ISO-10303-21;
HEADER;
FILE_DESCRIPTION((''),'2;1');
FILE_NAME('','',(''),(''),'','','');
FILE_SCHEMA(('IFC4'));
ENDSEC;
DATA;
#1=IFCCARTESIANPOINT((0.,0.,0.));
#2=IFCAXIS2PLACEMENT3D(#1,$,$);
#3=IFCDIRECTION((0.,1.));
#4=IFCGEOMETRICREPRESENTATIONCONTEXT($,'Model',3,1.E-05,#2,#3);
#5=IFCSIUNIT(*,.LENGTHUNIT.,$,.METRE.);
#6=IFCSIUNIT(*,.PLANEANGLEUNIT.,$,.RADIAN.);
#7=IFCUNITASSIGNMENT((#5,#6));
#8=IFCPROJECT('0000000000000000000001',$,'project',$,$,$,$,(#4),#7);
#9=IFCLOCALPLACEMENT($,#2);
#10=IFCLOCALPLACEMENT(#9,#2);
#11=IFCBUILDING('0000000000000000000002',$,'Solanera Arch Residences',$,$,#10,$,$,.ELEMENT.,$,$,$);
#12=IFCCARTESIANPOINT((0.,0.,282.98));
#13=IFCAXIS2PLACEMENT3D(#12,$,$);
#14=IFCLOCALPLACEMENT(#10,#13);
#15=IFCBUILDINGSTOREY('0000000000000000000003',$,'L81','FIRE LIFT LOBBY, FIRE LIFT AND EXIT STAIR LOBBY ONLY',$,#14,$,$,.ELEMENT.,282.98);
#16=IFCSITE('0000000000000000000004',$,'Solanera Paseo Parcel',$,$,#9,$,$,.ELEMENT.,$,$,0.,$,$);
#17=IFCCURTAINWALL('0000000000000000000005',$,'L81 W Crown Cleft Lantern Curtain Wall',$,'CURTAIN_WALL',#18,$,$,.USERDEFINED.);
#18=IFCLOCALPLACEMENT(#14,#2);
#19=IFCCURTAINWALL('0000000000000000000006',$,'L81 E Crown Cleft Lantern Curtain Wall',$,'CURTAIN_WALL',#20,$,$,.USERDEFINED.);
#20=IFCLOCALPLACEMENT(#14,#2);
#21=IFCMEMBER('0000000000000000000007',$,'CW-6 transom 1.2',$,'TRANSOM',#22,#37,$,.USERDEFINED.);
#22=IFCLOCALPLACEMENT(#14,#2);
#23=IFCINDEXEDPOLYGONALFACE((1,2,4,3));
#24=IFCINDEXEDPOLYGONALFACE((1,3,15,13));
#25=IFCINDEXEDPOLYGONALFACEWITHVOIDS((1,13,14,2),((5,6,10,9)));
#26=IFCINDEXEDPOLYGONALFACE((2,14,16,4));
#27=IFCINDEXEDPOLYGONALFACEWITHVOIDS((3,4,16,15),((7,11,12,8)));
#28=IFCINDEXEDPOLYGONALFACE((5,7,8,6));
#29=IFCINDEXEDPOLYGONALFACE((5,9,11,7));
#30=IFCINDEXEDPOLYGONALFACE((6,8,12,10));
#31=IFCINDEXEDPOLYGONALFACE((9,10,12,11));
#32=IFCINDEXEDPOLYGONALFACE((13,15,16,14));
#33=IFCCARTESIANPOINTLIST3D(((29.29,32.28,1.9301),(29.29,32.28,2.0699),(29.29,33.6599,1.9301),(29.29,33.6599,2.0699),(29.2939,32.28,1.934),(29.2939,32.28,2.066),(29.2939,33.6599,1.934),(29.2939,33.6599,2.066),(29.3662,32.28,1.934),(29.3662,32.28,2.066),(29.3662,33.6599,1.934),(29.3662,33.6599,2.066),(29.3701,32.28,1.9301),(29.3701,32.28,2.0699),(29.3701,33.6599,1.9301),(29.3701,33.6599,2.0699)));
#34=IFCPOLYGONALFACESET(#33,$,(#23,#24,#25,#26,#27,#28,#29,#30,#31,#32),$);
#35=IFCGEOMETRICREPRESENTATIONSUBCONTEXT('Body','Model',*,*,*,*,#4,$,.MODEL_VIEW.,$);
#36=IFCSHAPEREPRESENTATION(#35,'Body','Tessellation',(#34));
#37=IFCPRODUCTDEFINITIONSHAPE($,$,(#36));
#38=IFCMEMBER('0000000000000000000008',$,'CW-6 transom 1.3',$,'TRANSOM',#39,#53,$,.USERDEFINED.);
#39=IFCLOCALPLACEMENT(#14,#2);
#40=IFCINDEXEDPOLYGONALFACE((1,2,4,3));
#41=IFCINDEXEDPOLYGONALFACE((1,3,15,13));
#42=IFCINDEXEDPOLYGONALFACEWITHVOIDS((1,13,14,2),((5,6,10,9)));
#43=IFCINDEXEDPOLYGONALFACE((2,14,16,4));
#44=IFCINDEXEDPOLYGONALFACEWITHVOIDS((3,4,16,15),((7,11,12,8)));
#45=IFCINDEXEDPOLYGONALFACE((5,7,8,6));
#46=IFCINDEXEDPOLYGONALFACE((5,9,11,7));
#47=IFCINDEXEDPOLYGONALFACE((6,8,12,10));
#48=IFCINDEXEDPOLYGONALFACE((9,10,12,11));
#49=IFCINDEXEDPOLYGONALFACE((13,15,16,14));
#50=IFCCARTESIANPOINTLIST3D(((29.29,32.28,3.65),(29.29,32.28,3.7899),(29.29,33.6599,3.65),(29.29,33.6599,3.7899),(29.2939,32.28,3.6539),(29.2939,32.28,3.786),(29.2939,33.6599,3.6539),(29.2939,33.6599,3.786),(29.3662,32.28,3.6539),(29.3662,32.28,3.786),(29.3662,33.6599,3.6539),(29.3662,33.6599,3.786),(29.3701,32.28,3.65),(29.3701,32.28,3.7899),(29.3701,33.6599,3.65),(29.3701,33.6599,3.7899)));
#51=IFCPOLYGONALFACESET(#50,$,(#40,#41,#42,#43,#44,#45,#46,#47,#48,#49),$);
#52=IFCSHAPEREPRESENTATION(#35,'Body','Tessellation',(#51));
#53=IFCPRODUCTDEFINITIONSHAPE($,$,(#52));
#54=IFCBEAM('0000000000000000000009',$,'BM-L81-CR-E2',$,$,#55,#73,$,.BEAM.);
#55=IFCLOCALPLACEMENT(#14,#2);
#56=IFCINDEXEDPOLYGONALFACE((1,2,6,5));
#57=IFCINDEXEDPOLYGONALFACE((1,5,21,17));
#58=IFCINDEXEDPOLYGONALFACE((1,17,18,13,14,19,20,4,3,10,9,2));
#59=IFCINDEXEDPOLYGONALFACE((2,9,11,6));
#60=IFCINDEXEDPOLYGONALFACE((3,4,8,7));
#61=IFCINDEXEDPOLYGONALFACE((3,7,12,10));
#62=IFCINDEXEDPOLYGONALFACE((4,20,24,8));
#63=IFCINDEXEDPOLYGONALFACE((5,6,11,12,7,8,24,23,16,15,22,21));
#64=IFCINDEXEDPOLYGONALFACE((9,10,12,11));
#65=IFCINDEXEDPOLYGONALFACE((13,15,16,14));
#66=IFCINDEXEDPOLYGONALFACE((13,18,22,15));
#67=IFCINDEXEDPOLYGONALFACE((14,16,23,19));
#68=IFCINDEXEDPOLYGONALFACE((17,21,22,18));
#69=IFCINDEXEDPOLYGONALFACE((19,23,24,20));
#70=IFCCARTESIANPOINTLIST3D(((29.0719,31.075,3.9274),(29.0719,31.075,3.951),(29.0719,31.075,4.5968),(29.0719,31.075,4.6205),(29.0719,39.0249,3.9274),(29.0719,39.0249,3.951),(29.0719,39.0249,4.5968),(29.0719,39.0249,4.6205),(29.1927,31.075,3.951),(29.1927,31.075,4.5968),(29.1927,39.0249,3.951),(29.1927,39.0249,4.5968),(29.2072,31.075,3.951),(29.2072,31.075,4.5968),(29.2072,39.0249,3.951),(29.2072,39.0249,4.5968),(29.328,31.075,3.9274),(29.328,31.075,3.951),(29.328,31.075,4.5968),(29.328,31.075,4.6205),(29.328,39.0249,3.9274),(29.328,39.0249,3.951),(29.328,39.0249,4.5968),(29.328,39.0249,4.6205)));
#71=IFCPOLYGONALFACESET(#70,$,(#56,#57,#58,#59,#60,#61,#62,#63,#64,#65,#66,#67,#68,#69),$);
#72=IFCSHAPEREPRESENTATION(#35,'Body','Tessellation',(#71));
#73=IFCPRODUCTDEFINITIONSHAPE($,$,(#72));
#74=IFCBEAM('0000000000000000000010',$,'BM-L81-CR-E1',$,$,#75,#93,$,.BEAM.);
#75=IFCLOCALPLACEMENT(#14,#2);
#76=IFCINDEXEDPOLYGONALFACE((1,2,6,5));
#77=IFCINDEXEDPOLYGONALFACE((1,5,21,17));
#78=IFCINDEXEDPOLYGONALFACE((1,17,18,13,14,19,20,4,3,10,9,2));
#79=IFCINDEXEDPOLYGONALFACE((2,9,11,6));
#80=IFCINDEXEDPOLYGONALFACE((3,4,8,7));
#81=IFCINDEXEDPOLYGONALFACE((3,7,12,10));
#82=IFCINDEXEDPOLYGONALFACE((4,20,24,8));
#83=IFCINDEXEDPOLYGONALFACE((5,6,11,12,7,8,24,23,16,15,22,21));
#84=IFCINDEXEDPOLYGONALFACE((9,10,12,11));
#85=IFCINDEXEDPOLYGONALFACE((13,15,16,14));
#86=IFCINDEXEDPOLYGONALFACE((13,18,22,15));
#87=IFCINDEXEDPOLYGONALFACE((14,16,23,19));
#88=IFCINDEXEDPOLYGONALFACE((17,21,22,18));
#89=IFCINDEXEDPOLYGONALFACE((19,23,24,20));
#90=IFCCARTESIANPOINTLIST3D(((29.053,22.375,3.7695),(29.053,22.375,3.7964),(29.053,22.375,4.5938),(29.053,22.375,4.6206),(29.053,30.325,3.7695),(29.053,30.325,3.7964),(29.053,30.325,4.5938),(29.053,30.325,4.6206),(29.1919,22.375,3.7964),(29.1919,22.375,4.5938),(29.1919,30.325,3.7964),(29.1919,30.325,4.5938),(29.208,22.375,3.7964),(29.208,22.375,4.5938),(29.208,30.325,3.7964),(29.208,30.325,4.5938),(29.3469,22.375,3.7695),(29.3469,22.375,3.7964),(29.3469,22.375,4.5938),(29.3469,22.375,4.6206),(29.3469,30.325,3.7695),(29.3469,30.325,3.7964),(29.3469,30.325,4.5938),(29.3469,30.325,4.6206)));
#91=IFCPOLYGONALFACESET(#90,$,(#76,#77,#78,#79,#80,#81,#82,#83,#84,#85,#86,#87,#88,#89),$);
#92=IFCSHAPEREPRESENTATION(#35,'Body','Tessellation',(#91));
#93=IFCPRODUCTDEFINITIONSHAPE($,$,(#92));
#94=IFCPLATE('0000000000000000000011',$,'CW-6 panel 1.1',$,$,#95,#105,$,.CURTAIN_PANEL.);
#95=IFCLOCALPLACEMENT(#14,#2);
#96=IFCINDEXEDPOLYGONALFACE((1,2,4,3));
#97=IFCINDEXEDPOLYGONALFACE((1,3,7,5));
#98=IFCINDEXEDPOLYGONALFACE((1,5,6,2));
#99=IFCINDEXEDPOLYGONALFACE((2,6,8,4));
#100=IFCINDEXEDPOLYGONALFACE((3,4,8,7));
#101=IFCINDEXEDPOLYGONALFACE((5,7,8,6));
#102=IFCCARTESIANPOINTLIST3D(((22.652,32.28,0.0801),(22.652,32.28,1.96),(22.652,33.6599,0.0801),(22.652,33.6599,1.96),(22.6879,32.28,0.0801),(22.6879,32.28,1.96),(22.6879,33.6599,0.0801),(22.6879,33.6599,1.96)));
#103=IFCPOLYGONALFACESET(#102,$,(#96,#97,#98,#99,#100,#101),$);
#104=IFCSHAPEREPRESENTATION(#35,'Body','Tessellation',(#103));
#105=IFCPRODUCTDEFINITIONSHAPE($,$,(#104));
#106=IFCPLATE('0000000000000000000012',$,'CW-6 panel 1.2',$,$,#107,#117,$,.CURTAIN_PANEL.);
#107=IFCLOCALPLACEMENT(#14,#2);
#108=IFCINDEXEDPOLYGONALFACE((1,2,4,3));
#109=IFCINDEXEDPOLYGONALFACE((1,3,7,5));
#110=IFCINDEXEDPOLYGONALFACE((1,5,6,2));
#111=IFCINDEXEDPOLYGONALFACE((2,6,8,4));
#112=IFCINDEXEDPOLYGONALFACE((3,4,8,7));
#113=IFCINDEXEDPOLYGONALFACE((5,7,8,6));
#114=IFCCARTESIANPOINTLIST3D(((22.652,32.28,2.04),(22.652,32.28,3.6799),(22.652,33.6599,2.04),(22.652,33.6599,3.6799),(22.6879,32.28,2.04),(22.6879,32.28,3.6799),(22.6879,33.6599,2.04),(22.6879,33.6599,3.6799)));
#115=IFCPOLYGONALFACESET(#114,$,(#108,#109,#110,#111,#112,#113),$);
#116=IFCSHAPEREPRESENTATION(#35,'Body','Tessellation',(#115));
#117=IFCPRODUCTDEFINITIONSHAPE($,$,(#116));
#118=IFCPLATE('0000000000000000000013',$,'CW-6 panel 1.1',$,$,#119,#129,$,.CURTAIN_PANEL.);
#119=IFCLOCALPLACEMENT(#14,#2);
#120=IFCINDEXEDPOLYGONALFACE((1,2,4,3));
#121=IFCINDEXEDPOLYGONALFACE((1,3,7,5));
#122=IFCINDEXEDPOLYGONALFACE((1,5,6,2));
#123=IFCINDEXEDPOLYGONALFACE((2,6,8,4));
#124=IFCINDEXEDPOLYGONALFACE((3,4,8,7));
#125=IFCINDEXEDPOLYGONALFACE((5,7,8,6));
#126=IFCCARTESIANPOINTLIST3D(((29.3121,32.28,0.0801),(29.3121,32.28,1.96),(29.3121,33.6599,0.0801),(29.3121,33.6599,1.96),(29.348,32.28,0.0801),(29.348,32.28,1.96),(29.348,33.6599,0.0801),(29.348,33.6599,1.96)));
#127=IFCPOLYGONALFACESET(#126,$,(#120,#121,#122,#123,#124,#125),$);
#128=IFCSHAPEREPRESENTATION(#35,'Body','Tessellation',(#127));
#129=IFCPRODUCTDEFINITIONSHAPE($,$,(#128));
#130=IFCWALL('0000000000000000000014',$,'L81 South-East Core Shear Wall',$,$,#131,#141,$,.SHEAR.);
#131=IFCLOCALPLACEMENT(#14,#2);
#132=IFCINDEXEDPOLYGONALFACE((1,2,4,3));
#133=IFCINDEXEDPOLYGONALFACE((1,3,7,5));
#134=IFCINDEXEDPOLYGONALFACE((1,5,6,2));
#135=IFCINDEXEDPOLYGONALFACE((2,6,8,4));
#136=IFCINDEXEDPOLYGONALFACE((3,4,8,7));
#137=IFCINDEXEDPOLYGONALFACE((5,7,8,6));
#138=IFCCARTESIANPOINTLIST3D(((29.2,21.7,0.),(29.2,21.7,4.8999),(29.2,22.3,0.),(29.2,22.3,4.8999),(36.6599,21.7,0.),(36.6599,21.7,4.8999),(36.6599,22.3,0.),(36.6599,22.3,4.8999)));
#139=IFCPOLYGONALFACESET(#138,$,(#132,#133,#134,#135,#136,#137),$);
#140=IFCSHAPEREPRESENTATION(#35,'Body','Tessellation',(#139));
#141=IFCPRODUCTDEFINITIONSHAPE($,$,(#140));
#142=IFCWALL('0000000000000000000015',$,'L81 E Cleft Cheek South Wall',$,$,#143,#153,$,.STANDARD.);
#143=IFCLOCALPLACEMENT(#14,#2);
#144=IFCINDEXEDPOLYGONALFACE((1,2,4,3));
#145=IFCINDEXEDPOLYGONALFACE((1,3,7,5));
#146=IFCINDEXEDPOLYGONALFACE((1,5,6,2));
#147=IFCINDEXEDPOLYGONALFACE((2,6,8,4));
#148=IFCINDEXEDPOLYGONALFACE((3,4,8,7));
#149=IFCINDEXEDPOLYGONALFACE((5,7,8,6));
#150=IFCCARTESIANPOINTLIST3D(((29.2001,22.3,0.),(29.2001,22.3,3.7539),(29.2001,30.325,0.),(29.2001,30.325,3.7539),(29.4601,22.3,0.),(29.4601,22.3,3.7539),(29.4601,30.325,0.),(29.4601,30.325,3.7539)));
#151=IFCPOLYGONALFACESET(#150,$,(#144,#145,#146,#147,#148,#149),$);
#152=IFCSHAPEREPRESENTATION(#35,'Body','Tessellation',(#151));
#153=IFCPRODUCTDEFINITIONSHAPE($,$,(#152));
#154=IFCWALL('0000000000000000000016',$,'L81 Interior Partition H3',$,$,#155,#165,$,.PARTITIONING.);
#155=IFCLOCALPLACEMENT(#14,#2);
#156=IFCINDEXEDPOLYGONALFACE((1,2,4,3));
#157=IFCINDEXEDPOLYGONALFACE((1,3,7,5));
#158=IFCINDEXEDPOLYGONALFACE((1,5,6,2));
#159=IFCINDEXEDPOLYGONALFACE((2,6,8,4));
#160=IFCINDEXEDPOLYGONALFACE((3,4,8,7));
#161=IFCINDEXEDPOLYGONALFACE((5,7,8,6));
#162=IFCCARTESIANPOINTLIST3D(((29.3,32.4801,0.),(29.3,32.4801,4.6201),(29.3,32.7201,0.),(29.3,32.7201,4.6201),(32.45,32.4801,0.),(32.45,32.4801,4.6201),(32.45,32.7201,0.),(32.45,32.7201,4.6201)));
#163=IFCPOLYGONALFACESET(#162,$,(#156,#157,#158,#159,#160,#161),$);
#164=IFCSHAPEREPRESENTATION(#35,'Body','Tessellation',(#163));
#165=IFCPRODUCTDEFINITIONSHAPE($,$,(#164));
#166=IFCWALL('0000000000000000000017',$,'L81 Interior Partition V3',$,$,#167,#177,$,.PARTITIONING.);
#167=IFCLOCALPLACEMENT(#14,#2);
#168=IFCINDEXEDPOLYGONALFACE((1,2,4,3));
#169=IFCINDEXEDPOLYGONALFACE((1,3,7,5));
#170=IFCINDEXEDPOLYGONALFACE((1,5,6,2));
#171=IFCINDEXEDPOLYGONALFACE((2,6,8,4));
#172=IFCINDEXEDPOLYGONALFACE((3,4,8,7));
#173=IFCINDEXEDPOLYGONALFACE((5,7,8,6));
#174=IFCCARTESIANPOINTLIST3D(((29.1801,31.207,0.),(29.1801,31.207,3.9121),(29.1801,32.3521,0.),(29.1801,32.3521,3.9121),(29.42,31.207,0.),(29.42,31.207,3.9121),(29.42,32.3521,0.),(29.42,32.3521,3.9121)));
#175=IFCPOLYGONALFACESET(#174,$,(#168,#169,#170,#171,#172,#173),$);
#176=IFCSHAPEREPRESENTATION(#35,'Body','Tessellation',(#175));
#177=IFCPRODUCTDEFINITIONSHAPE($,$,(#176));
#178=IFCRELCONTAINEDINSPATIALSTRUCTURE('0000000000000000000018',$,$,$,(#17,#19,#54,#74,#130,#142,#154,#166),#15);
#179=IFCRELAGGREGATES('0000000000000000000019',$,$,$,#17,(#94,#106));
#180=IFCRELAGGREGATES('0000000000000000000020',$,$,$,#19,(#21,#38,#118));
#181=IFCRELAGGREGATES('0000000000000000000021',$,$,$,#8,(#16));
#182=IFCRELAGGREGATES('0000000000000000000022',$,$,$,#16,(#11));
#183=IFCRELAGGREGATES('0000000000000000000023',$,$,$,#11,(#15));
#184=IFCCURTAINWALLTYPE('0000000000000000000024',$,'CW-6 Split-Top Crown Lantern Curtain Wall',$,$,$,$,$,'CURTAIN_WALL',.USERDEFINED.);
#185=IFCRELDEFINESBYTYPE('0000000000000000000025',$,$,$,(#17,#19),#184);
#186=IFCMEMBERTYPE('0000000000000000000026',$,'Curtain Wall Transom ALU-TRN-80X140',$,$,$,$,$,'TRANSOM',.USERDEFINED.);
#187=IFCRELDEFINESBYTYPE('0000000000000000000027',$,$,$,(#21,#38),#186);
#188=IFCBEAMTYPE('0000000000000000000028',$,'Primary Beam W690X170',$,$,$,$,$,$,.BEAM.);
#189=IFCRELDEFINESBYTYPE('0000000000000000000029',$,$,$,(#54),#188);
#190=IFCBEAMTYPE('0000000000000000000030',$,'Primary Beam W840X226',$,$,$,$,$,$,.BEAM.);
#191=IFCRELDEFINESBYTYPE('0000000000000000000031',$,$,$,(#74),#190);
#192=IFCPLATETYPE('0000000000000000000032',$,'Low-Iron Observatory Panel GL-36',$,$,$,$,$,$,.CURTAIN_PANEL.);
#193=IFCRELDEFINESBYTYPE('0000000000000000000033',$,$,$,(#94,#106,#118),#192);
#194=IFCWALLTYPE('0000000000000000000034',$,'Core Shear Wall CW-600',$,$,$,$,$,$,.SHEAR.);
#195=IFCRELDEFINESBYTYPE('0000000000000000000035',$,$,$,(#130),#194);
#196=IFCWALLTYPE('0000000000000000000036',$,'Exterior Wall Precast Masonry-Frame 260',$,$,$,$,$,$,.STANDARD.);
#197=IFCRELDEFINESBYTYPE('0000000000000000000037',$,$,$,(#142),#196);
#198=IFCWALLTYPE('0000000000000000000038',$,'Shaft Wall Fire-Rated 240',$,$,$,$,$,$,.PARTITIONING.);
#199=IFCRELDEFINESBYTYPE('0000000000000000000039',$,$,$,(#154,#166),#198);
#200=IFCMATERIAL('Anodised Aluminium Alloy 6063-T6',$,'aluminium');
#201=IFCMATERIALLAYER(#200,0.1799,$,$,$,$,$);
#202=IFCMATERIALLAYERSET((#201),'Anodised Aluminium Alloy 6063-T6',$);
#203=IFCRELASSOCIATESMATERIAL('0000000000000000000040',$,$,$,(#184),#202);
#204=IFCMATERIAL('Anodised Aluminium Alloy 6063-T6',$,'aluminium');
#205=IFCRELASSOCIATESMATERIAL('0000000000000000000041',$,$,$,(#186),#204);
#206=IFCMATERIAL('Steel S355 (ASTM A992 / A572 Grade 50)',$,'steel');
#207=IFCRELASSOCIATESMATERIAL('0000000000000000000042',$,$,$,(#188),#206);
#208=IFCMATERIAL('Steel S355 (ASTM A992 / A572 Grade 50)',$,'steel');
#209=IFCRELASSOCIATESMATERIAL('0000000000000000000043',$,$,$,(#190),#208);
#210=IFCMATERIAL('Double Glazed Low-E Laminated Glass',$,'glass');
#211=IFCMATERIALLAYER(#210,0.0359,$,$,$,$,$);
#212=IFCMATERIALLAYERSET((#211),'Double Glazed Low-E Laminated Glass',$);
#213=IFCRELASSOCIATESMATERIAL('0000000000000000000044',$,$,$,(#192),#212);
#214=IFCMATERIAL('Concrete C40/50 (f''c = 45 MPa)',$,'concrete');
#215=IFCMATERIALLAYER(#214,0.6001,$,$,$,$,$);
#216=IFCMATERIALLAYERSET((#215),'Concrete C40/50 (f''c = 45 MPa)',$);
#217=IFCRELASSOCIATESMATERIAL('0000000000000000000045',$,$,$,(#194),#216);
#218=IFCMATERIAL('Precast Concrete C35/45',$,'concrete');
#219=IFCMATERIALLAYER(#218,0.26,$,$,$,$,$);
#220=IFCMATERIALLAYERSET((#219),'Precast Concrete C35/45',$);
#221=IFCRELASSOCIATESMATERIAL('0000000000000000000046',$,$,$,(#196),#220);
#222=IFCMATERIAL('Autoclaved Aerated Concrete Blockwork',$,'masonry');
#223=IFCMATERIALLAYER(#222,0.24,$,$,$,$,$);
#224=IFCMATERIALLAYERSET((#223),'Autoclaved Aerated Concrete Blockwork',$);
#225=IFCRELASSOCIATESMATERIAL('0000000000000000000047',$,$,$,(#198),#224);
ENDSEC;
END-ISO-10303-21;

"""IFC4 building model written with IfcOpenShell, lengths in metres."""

from ifc_helpers import new_model, si_unit, direction, frame, frame_2d, origin, origin_2d, place, context, subcontext, project, spatial, rectangle, hollow_rectangle, i_section, extrude, material, layer, layer_set, material_profile, profile_set, type_object, element, aggregate, save


model = new_model("IFC4")

# Units and contexts
model_context = context("Model", 3, precision=1e-05, world=origin(), true_north=direction((0.0, 1.0)))
body_context = subcontext(model_context, "Body", "Model", "MODEL_VIEW")
ifc_project = project(units=[si_unit("LENGTHUNIT", "METRE"), si_unit("PLANEANGLEUNIT", "RADIAN")], contexts=[model_context])

# Site, building, storey
site_placement = place(None, origin())
site = spatial("IfcSite", under=ifc_project, at=site_placement, Name="Solanera Paseo Parcel", CompositionType="ELEMENT", RefElevation=0.0)
building_placement = place(site_placement, origin())
building = spatial("IfcBuilding", under=site, at=building_placement, Name="Solanera Arch Residences", CompositionType="ELEMENT")
storey_placement = place(building_placement, frame((0.0, 0.0, 282.98)))
storey = spatial("IfcBuildingStorey", under=building, at=storey_placement, Name="L81", Description="FIRE LIFT LOBBY, FIRE LIFT AND EXIT STAIR LOBBY ONLY", CompositionType="ELEMENT", Elevation=282.98)

# Curtain wall
ifc_material_1 = material(Name="Anodised Aluminium Alloy 6063-T6", Category="aluminium")
ifc_layer_1 = layer(ifc_material_1, 0.1799)
ifc_layer_set_1 = layer_set([ifc_layer_1], Name="Anodised Aluminium Alloy 6063-T6")
curtain_wall_type = type_object("IfcCurtainWallType", Name="CW-6 Split-Top Crown Lantern Curtain Wall", ElementType="CURTAIN_WALL", PredefinedType="USERDEFINED", material=ifc_layer_set_1)
curtain_wall_1_placement = place(storey_placement, origin())
curtain_wall_1 = element("IfcCurtainWall", 1, at=curtain_wall_1_placement, inside=storey, type_object=curtain_wall_type, Name="L81 W Crown Cleft Lantern Curtain Wall", ObjectType="CURTAIN_WALL", PredefinedType="USERDEFINED")

# Curtain wall
curtain_wall_2_placement = place(storey_placement, origin())
curtain_wall_2 = element("IfcCurtainWall", 2, at=curtain_wall_2_placement, inside=storey, type_object=curtain_wall_type, Name="L81 E Crown Cleft Lantern Curtain Wall", ObjectType="CURTAIN_WALL", PredefinedType="USERDEFINED")

# Members
ifc_material_2 = material(Name="Anodised Aluminium Alloy 6063-T6", Category="aluminium")
ifc_material_profile_1 = material_profile(ifc_material_2, hollow_rectangle(XDim=0.0801, YDim=0.1399, WallThickness=0.0039, at=origin_2d()))
ifc_profile_set_1 = profile_set([ifc_material_profile_1], Name="Anodised Aluminium Alloy 6063-T6")
member_type_1 = type_object("IfcMemberType", Name="Curtain Wall Transom ALU-TRN-80X140", ElementType="TRANSOM", PredefinedType="USERDEFINED", material=ifc_profile_set_1)
member_1_placement = place(storey_placement, frame((29.3301, 32.28, 2.0), z_axis=(0.0, 1.0, 0.0), x_axis=(-1.0, 0.0, 0.0)))
member_1 = element("IfcMember", 3, at=member_1_placement, type_object=member_type_1, Name="CW-6 transom 1.2", ObjectType="TRANSOM", PredefinedType="USERDEFINED", context=body_context, shape_type="SweptSolid", body=[
    extrude(hollow_rectangle(XDim=0.0801, YDim=0.1399, WallThickness=0.0039, at=origin_2d()), origin(), (0.0, 0.0, 1.0), 1.3799),
])
member_2_placement = place(storey_placement, frame((29.3301, 32.28, 3.72), z_axis=(0.0, 1.0, 0.0), x_axis=(-1.0, 0.0, 0.0)))
member_2 = element("IfcMember", 4, at=member_2_placement, type_object=member_type_1, Name="CW-6 transom 1.3", ObjectType="TRANSOM", PredefinedType="USERDEFINED", context=body_context, shape_type="SweptSolid", body=[
    extrude(hollow_rectangle(XDim=0.0801, YDim=0.1399, WallThickness=0.0039, at=origin_2d()), origin(), (0.0, 0.0, 1.0), 1.3799),
])

# Beams
ifc_material_3 = material(Name="Steel S355 (ASTM A992 / A572 Grade 50)", Category="steel")
ifc_material_profile_2 = material_profile(ifc_material_3, i_section(OverallWidth=0.2561, OverallDepth=0.6931, WebThickness=0.0144, FlangeThickness=0.0237, at=origin_2d()))
ifc_profile_set_2 = profile_set([ifc_material_profile_2], Name="Steel S355 (ASTM A992 / A572 Grade 50)")
beam_type_1 = type_object("IfcBeamType", Name="Primary Beam W690X170", PredefinedType="BEAM", material=ifc_profile_set_2)
beam_1_placement = place(storey_placement, frame((29.2, 31.075, 4.2739), z_axis=(0.0, 1.0, 0.0), x_axis=(-1.0, 0.0, 0.0)))
element("IfcBeam", 5, at=beam_1_placement, inside=storey, type_object=beam_type_1, Name="BM-L81-CR-E2", PredefinedType="BEAM", context=body_context, shape_type="SweptSolid", body=[
    extrude(i_section(OverallWidth=0.2561, OverallDepth=0.6931, WebThickness=0.0144, FlangeThickness=0.0237, at=origin_2d()), origin(), (0.0, 0.0, 1.0), 7.95),
])
ifc_material_4 = material(Name="Steel S355 (ASTM A992 / A572 Grade 50)", Category="steel")
ifc_material_profile_3 = material_profile(ifc_material_4, i_section(OverallWidth=0.2939, OverallDepth=0.8511, WebThickness=0.0161, FlangeThickness=0.0269, at=origin_2d()))
ifc_profile_set_3 = profile_set([ifc_material_profile_3], Name="Steel S355 (ASTM A992 / A572 Grade 50)")
beam_type_2 = type_object("IfcBeamType", Name="Primary Beam W840X226", PredefinedType="BEAM", material=ifc_profile_set_3)
beam_2_placement = place(storey_placement, frame((29.2, 22.375, 4.1951), z_axis=(0.0, 1.0, 0.0), x_axis=(-1.0, 0.0, 0.0)))
element("IfcBeam", 6, at=beam_2_placement, inside=storey, type_object=beam_type_2, Name="BM-L81-CR-E1", PredefinedType="BEAM", context=body_context, shape_type="SweptSolid", body=[
    extrude(i_section(OverallWidth=0.2939, OverallDepth=0.8511, WebThickness=0.0161, FlangeThickness=0.0269, at=origin_2d()), origin(), (0.0, 0.0, 1.0), 7.95),
])

# Plates
ifc_material_5 = material(Name="Double Glazed Low-E Laminated Glass", Category="glass")
ifc_layer_2 = layer(ifc_material_5, 0.0359)
ifc_layer_set_2 = layer_set([ifc_layer_2], Name="Double Glazed Low-E Laminated Glass")
plate_type = type_object("IfcPlateType", Name="Low-Iron Observatory Panel GL-36", PredefinedType="CURTAIN_PANEL", material=ifc_layer_set_2)
plate_1_placement = place(storey_placement, frame((22.6699, 32.97, 0.0801), z_axis=(0.0, 0.0, 1.0), x_axis=(0.0, 1.0, 0.0)))
plate_1 = element("IfcPlate", 7, at=plate_1_placement, type_object=plate_type, Name="CW-6 panel 1.1", PredefinedType="CURTAIN_PANEL", context=body_context, shape_type="SweptSolid", body=[
    extrude(rectangle(XDim=1.3799, YDim=0.0359, at=origin_2d()), origin(), (0.0, 0.0, 1.0), 1.8799),
])
plate_2_placement = place(storey_placement, frame((22.6699, 32.97, 2.04), z_axis=(0.0, 0.0, 1.0), x_axis=(0.0, 1.0, 0.0)))
plate_2 = element("IfcPlate", 8, at=plate_2_placement, type_object=plate_type, Name="CW-6 panel 1.2", PredefinedType="CURTAIN_PANEL", context=body_context, shape_type="SweptSolid", body=[
    extrude(rectangle(XDim=1.3799, YDim=0.0359, at=origin_2d()), origin(), (0.0, 0.0, 1.0), 1.6399),
])
aggregate(curtain_wall_1, [plate_1, plate_2])
plate_3_placement = place(storey_placement, frame((29.3301, 32.97, 0.0801), z_axis=(0.0, 0.0, 1.0), x_axis=(0.0, 1.0, 0.0)))
plate_3 = element("IfcPlate", 9, at=plate_3_placement, type_object=plate_type, Name="CW-6 panel 1.1", PredefinedType="CURTAIN_PANEL", context=body_context, shape_type="SweptSolid", body=[
    extrude(rectangle(XDim=1.3799, YDim=0.0359, at=origin_2d()), origin(), (0.0, 0.0, 1.0), 1.8799),
])
aggregate(curtain_wall_2, [member_1, member_2, plate_3])

# Walls
ifc_material_6 = material(Name="Concrete C40/50 (f'c = 45 MPa)", Category="concrete")
ifc_layer_3 = layer(ifc_material_6, 0.6001)
ifc_layer_set_3 = layer_set([ifc_layer_3], Name="Concrete C40/50 (f'c = 45 MPa)")
wall_type_1 = type_object("IfcWallType", Name="Core Shear Wall CW-600", PredefinedType="SHEAR", material=ifc_layer_set_3)
wall_1_placement = place(storey_placement, frame((29.2, 22.0, 0.0), z_axis=(0.0, 0.0, 1.0), x_axis=(1.0, 0.0, 0.0)))
element("IfcWall", 10, at=wall_1_placement, inside=storey, type_object=wall_type_1, Name="L81 South-East Core Shear Wall", PredefinedType="SHEAR", context=body_context, shape_type="SweptSolid", body=[
    extrude(rectangle(XDim=7.46, YDim=0.6001, at=frame_2d((3.73, 0.0))), origin(), (0.0, 0.0, 1.0), 4.8999),
])
ifc_material_7 = material(Name="Precast Concrete C35/45", Category="concrete")
ifc_layer_4 = layer(ifc_material_7, 0.26)
ifc_layer_set_4 = layer_set([ifc_layer_4], Name="Precast Concrete C35/45")
wall_type_2 = type_object("IfcWallType", Name="Exterior Wall Precast Masonry-Frame 260", PredefinedType="STANDARD", material=ifc_layer_set_4)
wall_2_placement = place(storey_placement, frame((29.3301, 22.3, 0.0), z_axis=(0.0, 0.0, 1.0), x_axis=(0.0, 1.0, 0.0)))
element("IfcWall", 11, at=wall_2_placement, inside=storey, type_object=wall_type_2, Name="L81 E Cleft Cheek South Wall", PredefinedType="STANDARD", context=body_context, shape_type="SweptSolid", body=[
    extrude(rectangle(XDim=8.0249, YDim=0.26, at=frame_2d((4.0125, 0.0))), origin(), (0.0, 0.0, 1.0), 3.7539),
])
ifc_material_8 = material(Name="Autoclaved Aerated Concrete Blockwork", Category="masonry")
ifc_layer_5 = layer(ifc_material_8, 0.24)
ifc_layer_set_5 = layer_set([ifc_layer_5], Name="Autoclaved Aerated Concrete Blockwork")
wall_type_3 = type_object("IfcWallType", Name="Shaft Wall Fire-Rated 240", PredefinedType="PARTITIONING", material=ifc_layer_set_5)
wall_3_placement = place(storey_placement, frame((29.3, 32.6001, 0.0), z_axis=(0.0, 0.0, 1.0), x_axis=(1.0, 0.0, 0.0)))
element("IfcWall", 12, at=wall_3_placement, inside=storey, type_object=wall_type_3, Name="L81 Interior Partition H3", PredefinedType="PARTITIONING", context=body_context, shape_type="SweptSolid", body=[
    extrude(rectangle(XDim=3.1499, YDim=0.24, at=frame_2d((1.575, 0.0))), origin(), (0.0, 0.0, 1.0), 4.6201),
])
wall_4_placement = place(storey_placement, frame((29.3, 31.207, 0.0), z_axis=(0.0, 0.0, 1.0), x_axis=(0.0, 1.0, 0.0)))
element("IfcWall", 13, at=wall_4_placement, inside=storey, type_object=wall_type_3, Name="L81 Interior Partition V3", PredefinedType="PARTITIONING", context=body_context, shape_type="SweptSolid", body=[
    extrude(rectangle(XDim=1.145, YDim=0.24, at=frame_2d((0.5725, 0.0))), origin(), (0.0, 0.0, 1.0), 3.9121),
])

save(model, "model.ifc")
